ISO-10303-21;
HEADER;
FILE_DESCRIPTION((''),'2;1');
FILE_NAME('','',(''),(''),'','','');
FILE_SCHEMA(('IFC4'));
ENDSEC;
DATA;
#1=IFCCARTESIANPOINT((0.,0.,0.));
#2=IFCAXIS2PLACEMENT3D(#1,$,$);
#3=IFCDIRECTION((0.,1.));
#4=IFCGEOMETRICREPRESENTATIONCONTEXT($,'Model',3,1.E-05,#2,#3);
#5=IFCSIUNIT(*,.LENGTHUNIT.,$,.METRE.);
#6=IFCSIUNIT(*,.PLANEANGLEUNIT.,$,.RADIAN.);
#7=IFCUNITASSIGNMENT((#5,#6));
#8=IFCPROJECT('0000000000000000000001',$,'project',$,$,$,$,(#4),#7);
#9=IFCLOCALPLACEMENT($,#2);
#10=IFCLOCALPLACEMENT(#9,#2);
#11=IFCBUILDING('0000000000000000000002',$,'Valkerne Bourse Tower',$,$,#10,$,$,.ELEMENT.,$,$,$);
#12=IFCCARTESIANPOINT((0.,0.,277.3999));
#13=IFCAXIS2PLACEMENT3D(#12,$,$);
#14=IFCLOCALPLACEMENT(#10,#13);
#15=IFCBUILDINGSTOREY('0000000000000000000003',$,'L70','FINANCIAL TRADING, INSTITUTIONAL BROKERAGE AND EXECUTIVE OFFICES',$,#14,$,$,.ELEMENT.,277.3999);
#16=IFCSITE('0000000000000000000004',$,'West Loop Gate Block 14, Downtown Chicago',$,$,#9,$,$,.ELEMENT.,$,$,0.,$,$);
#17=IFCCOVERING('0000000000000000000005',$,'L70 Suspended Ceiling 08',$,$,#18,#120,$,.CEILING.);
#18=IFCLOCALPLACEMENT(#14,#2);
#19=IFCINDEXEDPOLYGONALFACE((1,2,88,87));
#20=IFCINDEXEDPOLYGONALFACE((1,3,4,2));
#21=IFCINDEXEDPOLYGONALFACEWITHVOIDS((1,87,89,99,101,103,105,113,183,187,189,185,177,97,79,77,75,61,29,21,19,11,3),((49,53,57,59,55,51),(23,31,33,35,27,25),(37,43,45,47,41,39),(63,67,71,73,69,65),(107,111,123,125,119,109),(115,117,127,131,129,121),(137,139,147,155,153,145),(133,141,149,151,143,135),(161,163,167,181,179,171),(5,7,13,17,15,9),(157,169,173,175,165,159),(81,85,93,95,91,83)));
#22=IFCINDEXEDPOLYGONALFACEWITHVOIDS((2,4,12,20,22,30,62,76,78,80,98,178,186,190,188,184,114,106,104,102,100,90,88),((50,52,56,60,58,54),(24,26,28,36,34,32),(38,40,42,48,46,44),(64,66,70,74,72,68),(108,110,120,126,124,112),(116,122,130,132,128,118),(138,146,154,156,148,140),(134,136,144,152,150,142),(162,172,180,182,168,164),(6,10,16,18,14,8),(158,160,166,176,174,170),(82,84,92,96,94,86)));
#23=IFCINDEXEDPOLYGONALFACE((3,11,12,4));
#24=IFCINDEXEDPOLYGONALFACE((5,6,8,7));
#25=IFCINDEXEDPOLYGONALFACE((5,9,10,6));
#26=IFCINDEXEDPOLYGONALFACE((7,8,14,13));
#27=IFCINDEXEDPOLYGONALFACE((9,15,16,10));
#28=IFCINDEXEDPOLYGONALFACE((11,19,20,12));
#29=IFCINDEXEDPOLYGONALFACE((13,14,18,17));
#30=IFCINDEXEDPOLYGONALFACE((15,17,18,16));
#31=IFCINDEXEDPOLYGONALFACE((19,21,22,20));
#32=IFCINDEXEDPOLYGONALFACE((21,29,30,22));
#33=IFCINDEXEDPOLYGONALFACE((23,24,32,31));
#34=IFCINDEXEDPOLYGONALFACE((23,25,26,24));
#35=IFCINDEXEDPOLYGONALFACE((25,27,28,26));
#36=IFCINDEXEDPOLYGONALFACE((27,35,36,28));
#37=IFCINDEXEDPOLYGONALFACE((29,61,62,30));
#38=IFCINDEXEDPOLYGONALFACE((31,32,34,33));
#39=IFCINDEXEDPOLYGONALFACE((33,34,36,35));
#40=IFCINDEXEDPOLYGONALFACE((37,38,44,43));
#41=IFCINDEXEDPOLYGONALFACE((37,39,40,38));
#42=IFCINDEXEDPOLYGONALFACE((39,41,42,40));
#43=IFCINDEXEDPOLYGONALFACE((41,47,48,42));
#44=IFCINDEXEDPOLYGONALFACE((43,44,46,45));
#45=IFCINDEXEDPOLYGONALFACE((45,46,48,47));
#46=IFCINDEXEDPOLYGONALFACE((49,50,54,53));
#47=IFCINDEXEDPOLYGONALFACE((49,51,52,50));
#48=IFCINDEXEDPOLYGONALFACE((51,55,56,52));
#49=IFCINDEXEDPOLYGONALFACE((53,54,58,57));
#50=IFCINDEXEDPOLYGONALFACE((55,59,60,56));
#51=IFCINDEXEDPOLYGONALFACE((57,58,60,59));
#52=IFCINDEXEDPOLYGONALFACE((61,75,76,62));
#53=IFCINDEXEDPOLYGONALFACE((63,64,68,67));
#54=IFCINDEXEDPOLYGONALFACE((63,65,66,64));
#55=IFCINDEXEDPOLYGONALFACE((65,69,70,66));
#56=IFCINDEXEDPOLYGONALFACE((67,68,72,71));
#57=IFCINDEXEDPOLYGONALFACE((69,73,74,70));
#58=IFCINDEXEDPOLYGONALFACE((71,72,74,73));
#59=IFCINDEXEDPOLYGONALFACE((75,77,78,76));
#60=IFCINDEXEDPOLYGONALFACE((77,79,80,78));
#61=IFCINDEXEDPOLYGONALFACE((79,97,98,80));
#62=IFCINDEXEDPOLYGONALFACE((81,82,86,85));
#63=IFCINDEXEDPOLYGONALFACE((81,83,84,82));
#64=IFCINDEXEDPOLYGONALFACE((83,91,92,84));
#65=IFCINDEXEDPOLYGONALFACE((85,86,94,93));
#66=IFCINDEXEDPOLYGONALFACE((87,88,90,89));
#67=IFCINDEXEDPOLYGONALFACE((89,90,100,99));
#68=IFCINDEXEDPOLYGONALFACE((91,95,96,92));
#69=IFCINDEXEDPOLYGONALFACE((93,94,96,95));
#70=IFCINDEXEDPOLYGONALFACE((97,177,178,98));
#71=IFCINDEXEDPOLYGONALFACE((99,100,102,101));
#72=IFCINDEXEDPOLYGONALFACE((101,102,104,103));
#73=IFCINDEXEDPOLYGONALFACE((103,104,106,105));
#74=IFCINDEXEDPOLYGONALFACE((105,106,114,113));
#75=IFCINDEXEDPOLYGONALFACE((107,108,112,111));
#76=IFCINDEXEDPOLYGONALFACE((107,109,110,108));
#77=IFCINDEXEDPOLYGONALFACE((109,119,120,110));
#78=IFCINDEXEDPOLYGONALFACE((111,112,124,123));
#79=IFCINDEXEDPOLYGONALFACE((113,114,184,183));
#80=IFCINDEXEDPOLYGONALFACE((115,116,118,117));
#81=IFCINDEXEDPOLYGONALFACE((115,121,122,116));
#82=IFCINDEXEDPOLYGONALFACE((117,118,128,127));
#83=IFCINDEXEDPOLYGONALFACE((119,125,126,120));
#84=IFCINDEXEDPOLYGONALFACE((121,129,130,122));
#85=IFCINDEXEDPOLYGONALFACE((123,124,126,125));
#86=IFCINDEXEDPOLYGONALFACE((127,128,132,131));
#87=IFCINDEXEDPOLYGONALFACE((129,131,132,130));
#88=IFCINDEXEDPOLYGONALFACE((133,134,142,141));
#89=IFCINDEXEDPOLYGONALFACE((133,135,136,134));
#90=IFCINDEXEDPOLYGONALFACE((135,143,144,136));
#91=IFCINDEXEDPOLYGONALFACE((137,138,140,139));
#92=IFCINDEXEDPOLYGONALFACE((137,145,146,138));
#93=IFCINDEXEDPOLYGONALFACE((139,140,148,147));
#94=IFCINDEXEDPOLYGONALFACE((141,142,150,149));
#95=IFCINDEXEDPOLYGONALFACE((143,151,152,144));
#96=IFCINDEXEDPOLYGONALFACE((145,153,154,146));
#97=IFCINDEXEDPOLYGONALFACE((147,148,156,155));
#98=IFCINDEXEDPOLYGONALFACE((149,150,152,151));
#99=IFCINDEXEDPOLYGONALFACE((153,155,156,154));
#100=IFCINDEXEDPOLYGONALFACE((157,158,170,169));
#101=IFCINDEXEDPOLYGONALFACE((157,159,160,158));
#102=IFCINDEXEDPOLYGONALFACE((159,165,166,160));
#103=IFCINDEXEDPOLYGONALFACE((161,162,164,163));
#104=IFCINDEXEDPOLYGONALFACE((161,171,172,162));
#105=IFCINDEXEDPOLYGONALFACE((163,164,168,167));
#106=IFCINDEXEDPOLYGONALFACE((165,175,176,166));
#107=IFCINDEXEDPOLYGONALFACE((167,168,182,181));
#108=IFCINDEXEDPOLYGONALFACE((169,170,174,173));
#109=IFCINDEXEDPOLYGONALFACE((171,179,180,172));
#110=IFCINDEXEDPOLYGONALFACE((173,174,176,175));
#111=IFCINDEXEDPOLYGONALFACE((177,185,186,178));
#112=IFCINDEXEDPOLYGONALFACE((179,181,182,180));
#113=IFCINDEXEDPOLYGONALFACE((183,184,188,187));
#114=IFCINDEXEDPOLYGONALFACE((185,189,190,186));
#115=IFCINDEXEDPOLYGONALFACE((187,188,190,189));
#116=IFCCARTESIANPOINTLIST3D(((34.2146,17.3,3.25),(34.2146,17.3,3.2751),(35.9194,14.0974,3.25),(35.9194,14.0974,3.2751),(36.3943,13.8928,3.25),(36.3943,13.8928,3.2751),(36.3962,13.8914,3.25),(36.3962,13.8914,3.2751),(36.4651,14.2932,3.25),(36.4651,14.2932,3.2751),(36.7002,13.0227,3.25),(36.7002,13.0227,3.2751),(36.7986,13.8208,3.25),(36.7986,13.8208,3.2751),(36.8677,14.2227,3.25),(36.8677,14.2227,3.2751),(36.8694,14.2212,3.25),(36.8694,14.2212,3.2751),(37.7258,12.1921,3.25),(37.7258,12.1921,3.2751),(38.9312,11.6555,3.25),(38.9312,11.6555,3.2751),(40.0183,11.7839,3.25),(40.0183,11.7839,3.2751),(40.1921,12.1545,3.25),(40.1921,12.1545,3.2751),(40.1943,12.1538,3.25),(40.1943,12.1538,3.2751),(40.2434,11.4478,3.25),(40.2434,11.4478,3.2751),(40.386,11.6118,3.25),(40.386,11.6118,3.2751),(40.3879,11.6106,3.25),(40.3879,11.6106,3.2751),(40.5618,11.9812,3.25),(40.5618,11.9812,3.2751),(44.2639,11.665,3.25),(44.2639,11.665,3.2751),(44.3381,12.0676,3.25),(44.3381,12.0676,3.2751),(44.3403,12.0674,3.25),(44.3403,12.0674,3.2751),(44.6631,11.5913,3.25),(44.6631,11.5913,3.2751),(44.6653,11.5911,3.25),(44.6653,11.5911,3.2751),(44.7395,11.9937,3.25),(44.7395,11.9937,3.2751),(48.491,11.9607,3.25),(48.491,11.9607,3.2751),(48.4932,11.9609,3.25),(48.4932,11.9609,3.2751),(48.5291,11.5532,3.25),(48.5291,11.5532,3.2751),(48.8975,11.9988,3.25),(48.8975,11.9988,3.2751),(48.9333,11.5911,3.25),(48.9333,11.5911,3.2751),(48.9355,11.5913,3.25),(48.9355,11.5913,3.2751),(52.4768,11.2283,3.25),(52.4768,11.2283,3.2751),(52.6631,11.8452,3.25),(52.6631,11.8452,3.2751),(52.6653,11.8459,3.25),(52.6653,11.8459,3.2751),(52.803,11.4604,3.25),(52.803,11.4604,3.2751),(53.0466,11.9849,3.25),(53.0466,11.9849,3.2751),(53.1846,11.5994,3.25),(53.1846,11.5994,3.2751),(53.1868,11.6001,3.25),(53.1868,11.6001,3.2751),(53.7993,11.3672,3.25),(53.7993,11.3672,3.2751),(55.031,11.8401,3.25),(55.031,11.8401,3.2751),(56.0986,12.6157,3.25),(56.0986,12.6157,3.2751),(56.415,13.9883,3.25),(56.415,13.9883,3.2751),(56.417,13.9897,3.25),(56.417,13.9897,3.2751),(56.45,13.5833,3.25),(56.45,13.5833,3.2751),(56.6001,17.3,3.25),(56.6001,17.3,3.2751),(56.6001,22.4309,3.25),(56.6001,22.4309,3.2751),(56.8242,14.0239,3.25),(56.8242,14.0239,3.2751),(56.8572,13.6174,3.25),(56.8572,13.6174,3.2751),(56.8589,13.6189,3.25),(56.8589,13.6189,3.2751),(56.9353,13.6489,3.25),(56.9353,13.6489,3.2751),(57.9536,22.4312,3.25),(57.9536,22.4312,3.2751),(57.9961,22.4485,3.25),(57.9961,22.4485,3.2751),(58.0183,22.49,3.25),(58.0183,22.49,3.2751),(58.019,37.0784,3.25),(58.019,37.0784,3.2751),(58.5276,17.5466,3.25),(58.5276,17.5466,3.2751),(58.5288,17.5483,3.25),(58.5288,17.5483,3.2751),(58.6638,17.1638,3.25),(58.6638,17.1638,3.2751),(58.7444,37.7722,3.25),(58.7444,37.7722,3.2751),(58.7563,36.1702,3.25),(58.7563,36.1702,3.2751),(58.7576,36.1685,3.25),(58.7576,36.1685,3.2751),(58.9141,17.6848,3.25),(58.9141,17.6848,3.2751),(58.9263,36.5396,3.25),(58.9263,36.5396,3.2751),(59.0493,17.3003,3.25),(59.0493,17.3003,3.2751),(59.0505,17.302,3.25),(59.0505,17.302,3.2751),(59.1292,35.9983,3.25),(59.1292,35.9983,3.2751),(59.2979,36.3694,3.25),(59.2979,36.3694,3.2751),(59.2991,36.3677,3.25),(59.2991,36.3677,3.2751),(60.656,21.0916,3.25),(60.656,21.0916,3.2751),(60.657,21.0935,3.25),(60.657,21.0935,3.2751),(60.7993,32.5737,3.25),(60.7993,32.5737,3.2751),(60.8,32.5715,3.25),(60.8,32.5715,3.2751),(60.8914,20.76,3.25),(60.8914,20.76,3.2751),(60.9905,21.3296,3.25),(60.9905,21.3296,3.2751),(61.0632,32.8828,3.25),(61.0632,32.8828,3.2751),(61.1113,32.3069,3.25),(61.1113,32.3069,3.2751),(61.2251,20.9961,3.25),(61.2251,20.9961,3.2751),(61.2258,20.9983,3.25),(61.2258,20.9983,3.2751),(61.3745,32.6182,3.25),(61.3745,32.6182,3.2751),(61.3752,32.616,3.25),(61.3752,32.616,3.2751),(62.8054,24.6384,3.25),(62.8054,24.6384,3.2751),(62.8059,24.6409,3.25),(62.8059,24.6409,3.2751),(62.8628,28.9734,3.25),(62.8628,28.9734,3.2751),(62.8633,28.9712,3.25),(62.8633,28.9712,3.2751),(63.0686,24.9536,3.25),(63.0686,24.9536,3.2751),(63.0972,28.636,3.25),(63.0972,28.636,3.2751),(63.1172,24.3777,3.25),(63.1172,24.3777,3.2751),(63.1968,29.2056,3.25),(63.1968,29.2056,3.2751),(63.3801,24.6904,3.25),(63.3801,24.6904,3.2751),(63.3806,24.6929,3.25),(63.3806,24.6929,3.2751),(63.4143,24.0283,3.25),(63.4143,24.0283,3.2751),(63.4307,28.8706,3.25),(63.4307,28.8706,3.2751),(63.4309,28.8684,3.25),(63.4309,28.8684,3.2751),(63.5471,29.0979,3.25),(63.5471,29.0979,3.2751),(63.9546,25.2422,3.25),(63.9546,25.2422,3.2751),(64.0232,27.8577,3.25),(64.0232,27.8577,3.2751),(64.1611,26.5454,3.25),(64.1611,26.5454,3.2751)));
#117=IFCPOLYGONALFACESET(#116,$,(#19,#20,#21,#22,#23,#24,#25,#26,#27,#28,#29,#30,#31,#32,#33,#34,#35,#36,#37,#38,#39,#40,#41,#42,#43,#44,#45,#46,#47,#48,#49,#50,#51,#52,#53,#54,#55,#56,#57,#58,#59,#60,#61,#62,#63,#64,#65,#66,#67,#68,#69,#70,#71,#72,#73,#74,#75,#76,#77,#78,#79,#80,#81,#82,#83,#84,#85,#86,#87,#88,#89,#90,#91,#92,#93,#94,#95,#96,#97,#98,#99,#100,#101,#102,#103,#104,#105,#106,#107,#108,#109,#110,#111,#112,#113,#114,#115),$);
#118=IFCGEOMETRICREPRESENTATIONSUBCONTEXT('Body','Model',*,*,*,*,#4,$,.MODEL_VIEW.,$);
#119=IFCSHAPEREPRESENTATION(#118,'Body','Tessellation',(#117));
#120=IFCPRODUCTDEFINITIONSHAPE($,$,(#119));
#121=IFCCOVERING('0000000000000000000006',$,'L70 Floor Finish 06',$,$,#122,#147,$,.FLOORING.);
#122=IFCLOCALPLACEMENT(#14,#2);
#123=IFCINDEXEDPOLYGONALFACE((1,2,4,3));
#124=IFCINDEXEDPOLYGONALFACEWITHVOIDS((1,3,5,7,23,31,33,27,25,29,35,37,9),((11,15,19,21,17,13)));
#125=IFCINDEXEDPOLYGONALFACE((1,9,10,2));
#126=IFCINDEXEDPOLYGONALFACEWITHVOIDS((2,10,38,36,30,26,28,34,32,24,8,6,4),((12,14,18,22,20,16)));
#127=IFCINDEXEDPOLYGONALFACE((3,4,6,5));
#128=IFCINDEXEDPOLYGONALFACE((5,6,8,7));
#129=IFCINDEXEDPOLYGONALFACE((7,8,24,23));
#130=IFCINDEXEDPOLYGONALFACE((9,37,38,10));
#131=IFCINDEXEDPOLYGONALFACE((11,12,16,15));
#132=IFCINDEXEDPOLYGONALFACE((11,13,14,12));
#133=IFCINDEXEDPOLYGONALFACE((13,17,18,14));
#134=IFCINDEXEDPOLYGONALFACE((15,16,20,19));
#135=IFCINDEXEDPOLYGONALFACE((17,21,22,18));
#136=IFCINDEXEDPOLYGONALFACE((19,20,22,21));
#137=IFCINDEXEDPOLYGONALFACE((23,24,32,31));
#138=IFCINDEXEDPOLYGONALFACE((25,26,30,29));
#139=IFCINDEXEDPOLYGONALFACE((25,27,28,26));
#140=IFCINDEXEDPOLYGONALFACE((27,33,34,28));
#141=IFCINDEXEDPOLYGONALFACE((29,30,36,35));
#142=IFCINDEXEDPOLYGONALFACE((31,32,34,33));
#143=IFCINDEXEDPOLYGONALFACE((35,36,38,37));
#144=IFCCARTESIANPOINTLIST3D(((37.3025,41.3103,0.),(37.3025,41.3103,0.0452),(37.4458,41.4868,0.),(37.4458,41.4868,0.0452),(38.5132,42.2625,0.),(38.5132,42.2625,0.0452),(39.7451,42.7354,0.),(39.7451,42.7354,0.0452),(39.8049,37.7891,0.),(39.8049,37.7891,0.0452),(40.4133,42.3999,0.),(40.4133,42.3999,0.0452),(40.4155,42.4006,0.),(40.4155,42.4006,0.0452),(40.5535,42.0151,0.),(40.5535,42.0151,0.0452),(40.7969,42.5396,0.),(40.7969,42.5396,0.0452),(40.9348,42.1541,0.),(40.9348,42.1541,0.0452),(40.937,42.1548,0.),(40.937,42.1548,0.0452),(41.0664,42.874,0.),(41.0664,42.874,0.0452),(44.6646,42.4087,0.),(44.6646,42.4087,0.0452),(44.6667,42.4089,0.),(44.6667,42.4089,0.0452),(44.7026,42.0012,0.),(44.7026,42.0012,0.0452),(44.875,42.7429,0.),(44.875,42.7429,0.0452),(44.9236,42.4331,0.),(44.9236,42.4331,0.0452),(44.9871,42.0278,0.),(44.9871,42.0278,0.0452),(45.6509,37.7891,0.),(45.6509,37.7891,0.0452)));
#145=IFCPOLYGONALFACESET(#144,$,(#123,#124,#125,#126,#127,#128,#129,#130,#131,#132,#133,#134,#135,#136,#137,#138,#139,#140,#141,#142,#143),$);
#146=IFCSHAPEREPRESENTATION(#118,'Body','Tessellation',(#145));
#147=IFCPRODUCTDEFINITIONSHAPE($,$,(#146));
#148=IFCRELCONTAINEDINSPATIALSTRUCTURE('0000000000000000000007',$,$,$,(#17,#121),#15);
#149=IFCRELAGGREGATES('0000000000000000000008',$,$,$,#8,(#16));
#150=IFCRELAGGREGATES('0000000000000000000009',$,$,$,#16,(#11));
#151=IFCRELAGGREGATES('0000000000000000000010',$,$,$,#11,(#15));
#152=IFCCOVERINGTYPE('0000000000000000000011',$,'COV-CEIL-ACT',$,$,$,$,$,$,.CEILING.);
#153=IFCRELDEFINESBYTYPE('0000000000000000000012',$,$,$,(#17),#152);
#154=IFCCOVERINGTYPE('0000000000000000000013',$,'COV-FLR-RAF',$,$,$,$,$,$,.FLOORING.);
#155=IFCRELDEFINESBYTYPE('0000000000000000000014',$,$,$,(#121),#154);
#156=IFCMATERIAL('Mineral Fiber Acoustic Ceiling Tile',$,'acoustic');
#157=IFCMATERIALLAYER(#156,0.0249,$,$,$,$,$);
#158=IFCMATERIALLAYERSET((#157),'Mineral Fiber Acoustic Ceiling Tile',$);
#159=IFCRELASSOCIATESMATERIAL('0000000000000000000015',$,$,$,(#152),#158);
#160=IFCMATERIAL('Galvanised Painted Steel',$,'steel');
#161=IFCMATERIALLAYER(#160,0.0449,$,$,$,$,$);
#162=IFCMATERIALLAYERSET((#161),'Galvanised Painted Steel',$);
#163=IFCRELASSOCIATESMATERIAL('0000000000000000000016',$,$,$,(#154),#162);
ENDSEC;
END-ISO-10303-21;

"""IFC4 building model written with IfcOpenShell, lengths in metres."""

from ifc_helpers import new_model, si_unit, direction, frame, origin, place, context, subcontext, project, spatial, polyline, outline, extrude, material, layer, layer_set, type_object, element, save


model = new_model("IFC4")

# Units and contexts
model_context = context("Model", 3, precision=1e-05, world=origin(), true_north=direction((0.0, 1.0)))
body_context = subcontext(model_context, "Body", "Model", "MODEL_VIEW")
ifc_project = project(units=[si_unit("LENGTHUNIT", "METRE"), si_unit("PLANEANGLEUNIT", "RADIAN")], contexts=[model_context])

# Site, building, storey
site_placement = place(None, origin())
site = spatial("IfcSite", under=ifc_project, at=site_placement, Name="West Loop Gate Block 14, Downtown Chicago", CompositionType="ELEMENT", RefElevation=0.0)
building_placement = place(site_placement, origin())
building = spatial("IfcBuilding", under=site, at=building_placement, Name="Valkerne Bourse Tower", CompositionType="ELEMENT")
storey_placement = place(building_placement, frame((0.0, 0.0, 277.3999)))
storey = spatial("IfcBuildingStorey", under=building, at=storey_placement, Name="L70", Description="FINANCIAL TRADING, INSTITUTIONAL BROKERAGE AND EXECUTIVE OFFICES", CompositionType="ELEMENT", Elevation=277.3999)

# Coverings
ifc_material_1 = material(Name="Mineral Fiber Acoustic Ceiling Tile", Category="acoustic")
ifc_layer_1 = layer(ifc_material_1, 0.0249)
ifc_layer_set_1 = layer_set([ifc_layer_1], Name="Mineral Fiber Acoustic Ceiling Tile")
covering_type_1 = type_object("IfcCoveringType", Name="COV-CEIL-ACT", PredefinedType="CEILING", material=ifc_layer_set_1)
covering_1_placement = place(storey_placement, frame((0.0, 0.0, 3.25)))
element("IfcCovering", 1, at=covering_1_placement, inside=storey, type_object=covering_type_1, Name="L70 Suspended Ceiling 08", PredefinedType="CEILING", context=body_context, shape_type="SweptSolid", body=[
    extrude(outline(polyline([(63.9546, 25.2422), (63.4143, 24.0283), (56.9353, 13.6489), (56.0986, 12.6157), (55.031, 11.8401), (53.7993, 11.3672), (52.4768, 11.2283), (40.2434, 11.4478), (38.9312, 11.6555), (37.7258, 12.1921), (36.7002, 13.0227), (35.9194, 14.0974), (34.2146, 17.3), (56.6001, 17.3), (56.6001, 22.4309), (57.9536, 22.4312), (57.9961, 22.4485), (58.0183, 22.49), (58.019, 37.0784), (58.7444, 37.7722), (63.5471, 29.0979), (64.0232, 27.8577), (64.1611, 26.5454), (63.9546, 25.2422)]), holes=[polyline([(44.3403, 12.0674), (44.3381, 12.0676), (44.2639, 11.665), (44.6631, 11.5913), (44.6653, 11.5911), (44.7395, 11.9937), (44.3403, 12.0674)]), polyline([(40.1943, 12.1538), (40.1921, 12.1545), (40.0183, 11.7839), (40.386, 11.6118), (40.3879, 11.6106), (40.5618, 11.9812), (40.1943, 12.1538)]), polyline([(36.8677, 14.2227), (36.4651, 14.2932), (36.3943, 13.8928), (36.3962, 13.8914), (36.7986, 13.8208), (36.8694, 14.2212), (36.8677, 14.2227)]), polyline([(53.1868, 11.6001), (53.0466, 11.9849), (52.6653, 11.8459), (52.6631, 11.8452), (52.803, 11.4604), (53.1846, 11.5994), (53.1868, 11.6001)]), polyline([(48.9355, 11.5913), (48.8975, 11.9988), (48.4932, 11.9609), (48.491, 11.9607), (48.5291, 11.5532), (48.9333, 11.5911), (48.9355, 11.5913)]), polyline([(56.8589, 13.6189), (56.8242, 14.0239), (56.417, 13.9897), (56.415, 13.9883), (56.45, 13.5833), (56.8572, 13.6174), (56.8589, 13.6189)]), polyline([(59.0505, 17.302), (58.9141, 17.6848), (58.5288, 17.5483), (58.5276, 17.5466), (58.6638, 17.1638), (59.0493, 17.3003), (59.0505, 17.302)]), polyline([(61.2258, 20.9983), (60.9905, 21.3296), (60.657, 21.0935), (60.656, 21.0916), (60.8914, 20.76), (61.2251, 20.9961), (61.2258, 20.9983)]), polyline([(63.3806, 24.6929), (63.0686, 24.9536), (62.8059, 24.6409), (62.8054, 24.6384), (63.1172, 24.3777), (63.3801, 24.6904), (63.3806, 24.6929)]), polyline([(63.4307, 28.8706), (63.1968, 29.2056), (62.8628, 28.9734), (62.8633, 28.9712), (63.0972, 28.636), (63.4309, 28.8684), (63.4307, 28.8706)]), polyline([(61.3745, 32.6182), (61.0632, 32.8828), (60.7993, 32.5737), (60.8, 32.5715), (61.1113, 32.3069), (61.3752, 32.616), (61.3745, 32.6182)]), polyline([(59.2979, 36.3694), (58.9263, 36.5396), (58.7563, 36.1702), (58.7576, 36.1685), (59.1292, 35.9983), (59.2991, 36.3677), (59.2979, 36.3694)])]), origin(), (0.0, 0.0, 1.0), 0.0251),
])
ifc_material_2 = material(Name="Galvanised Painted Steel", Category="steel")
ifc_layer_2 = layer(ifc_material_2, 0.0449)
ifc_layer_set_2 = layer_set([ifc_layer_2], Name="Galvanised Painted Steel")
covering_type_2 = type_object("IfcCoveringType", Name="COV-FLR-RAF", PredefinedType="FLOORING", material=ifc_layer_set_2)
covering_2_placement = place(storey_placement, origin())
element("IfcCovering", 2, at=covering_2_placement, inside=storey, type_object=covering_type_2, Name="L70 Floor Finish 06", PredefinedType="FLOORING", context=body_context, shape_type="SweptSolid", body=[
    extrude(outline(polyline([(39.7451, 42.7354), (41.0664, 42.874), (44.875, 42.7429), (44.9236, 42.4331), (44.6667, 42.4089), (44.6646, 42.4087), (44.7026, 42.0012), (44.9871, 42.0278), (45.6509, 37.7891), (39.8049, 37.7891), (37.3025, 41.3103), (37.4458, 41.4868), (38.5132, 42.2625), (39.7451, 42.7354)]), holes=[polyline([(40.937, 42.1548), (40.7969, 42.5396), (40.4155, 42.4006), (40.4133, 42.3999), (40.5535, 42.0151), (40.9348, 42.1541), (40.937, 42.1548)])]), origin(), (0.0, 0.0, 1.0), 0.0452),
])

save(model, "model.ifc")
